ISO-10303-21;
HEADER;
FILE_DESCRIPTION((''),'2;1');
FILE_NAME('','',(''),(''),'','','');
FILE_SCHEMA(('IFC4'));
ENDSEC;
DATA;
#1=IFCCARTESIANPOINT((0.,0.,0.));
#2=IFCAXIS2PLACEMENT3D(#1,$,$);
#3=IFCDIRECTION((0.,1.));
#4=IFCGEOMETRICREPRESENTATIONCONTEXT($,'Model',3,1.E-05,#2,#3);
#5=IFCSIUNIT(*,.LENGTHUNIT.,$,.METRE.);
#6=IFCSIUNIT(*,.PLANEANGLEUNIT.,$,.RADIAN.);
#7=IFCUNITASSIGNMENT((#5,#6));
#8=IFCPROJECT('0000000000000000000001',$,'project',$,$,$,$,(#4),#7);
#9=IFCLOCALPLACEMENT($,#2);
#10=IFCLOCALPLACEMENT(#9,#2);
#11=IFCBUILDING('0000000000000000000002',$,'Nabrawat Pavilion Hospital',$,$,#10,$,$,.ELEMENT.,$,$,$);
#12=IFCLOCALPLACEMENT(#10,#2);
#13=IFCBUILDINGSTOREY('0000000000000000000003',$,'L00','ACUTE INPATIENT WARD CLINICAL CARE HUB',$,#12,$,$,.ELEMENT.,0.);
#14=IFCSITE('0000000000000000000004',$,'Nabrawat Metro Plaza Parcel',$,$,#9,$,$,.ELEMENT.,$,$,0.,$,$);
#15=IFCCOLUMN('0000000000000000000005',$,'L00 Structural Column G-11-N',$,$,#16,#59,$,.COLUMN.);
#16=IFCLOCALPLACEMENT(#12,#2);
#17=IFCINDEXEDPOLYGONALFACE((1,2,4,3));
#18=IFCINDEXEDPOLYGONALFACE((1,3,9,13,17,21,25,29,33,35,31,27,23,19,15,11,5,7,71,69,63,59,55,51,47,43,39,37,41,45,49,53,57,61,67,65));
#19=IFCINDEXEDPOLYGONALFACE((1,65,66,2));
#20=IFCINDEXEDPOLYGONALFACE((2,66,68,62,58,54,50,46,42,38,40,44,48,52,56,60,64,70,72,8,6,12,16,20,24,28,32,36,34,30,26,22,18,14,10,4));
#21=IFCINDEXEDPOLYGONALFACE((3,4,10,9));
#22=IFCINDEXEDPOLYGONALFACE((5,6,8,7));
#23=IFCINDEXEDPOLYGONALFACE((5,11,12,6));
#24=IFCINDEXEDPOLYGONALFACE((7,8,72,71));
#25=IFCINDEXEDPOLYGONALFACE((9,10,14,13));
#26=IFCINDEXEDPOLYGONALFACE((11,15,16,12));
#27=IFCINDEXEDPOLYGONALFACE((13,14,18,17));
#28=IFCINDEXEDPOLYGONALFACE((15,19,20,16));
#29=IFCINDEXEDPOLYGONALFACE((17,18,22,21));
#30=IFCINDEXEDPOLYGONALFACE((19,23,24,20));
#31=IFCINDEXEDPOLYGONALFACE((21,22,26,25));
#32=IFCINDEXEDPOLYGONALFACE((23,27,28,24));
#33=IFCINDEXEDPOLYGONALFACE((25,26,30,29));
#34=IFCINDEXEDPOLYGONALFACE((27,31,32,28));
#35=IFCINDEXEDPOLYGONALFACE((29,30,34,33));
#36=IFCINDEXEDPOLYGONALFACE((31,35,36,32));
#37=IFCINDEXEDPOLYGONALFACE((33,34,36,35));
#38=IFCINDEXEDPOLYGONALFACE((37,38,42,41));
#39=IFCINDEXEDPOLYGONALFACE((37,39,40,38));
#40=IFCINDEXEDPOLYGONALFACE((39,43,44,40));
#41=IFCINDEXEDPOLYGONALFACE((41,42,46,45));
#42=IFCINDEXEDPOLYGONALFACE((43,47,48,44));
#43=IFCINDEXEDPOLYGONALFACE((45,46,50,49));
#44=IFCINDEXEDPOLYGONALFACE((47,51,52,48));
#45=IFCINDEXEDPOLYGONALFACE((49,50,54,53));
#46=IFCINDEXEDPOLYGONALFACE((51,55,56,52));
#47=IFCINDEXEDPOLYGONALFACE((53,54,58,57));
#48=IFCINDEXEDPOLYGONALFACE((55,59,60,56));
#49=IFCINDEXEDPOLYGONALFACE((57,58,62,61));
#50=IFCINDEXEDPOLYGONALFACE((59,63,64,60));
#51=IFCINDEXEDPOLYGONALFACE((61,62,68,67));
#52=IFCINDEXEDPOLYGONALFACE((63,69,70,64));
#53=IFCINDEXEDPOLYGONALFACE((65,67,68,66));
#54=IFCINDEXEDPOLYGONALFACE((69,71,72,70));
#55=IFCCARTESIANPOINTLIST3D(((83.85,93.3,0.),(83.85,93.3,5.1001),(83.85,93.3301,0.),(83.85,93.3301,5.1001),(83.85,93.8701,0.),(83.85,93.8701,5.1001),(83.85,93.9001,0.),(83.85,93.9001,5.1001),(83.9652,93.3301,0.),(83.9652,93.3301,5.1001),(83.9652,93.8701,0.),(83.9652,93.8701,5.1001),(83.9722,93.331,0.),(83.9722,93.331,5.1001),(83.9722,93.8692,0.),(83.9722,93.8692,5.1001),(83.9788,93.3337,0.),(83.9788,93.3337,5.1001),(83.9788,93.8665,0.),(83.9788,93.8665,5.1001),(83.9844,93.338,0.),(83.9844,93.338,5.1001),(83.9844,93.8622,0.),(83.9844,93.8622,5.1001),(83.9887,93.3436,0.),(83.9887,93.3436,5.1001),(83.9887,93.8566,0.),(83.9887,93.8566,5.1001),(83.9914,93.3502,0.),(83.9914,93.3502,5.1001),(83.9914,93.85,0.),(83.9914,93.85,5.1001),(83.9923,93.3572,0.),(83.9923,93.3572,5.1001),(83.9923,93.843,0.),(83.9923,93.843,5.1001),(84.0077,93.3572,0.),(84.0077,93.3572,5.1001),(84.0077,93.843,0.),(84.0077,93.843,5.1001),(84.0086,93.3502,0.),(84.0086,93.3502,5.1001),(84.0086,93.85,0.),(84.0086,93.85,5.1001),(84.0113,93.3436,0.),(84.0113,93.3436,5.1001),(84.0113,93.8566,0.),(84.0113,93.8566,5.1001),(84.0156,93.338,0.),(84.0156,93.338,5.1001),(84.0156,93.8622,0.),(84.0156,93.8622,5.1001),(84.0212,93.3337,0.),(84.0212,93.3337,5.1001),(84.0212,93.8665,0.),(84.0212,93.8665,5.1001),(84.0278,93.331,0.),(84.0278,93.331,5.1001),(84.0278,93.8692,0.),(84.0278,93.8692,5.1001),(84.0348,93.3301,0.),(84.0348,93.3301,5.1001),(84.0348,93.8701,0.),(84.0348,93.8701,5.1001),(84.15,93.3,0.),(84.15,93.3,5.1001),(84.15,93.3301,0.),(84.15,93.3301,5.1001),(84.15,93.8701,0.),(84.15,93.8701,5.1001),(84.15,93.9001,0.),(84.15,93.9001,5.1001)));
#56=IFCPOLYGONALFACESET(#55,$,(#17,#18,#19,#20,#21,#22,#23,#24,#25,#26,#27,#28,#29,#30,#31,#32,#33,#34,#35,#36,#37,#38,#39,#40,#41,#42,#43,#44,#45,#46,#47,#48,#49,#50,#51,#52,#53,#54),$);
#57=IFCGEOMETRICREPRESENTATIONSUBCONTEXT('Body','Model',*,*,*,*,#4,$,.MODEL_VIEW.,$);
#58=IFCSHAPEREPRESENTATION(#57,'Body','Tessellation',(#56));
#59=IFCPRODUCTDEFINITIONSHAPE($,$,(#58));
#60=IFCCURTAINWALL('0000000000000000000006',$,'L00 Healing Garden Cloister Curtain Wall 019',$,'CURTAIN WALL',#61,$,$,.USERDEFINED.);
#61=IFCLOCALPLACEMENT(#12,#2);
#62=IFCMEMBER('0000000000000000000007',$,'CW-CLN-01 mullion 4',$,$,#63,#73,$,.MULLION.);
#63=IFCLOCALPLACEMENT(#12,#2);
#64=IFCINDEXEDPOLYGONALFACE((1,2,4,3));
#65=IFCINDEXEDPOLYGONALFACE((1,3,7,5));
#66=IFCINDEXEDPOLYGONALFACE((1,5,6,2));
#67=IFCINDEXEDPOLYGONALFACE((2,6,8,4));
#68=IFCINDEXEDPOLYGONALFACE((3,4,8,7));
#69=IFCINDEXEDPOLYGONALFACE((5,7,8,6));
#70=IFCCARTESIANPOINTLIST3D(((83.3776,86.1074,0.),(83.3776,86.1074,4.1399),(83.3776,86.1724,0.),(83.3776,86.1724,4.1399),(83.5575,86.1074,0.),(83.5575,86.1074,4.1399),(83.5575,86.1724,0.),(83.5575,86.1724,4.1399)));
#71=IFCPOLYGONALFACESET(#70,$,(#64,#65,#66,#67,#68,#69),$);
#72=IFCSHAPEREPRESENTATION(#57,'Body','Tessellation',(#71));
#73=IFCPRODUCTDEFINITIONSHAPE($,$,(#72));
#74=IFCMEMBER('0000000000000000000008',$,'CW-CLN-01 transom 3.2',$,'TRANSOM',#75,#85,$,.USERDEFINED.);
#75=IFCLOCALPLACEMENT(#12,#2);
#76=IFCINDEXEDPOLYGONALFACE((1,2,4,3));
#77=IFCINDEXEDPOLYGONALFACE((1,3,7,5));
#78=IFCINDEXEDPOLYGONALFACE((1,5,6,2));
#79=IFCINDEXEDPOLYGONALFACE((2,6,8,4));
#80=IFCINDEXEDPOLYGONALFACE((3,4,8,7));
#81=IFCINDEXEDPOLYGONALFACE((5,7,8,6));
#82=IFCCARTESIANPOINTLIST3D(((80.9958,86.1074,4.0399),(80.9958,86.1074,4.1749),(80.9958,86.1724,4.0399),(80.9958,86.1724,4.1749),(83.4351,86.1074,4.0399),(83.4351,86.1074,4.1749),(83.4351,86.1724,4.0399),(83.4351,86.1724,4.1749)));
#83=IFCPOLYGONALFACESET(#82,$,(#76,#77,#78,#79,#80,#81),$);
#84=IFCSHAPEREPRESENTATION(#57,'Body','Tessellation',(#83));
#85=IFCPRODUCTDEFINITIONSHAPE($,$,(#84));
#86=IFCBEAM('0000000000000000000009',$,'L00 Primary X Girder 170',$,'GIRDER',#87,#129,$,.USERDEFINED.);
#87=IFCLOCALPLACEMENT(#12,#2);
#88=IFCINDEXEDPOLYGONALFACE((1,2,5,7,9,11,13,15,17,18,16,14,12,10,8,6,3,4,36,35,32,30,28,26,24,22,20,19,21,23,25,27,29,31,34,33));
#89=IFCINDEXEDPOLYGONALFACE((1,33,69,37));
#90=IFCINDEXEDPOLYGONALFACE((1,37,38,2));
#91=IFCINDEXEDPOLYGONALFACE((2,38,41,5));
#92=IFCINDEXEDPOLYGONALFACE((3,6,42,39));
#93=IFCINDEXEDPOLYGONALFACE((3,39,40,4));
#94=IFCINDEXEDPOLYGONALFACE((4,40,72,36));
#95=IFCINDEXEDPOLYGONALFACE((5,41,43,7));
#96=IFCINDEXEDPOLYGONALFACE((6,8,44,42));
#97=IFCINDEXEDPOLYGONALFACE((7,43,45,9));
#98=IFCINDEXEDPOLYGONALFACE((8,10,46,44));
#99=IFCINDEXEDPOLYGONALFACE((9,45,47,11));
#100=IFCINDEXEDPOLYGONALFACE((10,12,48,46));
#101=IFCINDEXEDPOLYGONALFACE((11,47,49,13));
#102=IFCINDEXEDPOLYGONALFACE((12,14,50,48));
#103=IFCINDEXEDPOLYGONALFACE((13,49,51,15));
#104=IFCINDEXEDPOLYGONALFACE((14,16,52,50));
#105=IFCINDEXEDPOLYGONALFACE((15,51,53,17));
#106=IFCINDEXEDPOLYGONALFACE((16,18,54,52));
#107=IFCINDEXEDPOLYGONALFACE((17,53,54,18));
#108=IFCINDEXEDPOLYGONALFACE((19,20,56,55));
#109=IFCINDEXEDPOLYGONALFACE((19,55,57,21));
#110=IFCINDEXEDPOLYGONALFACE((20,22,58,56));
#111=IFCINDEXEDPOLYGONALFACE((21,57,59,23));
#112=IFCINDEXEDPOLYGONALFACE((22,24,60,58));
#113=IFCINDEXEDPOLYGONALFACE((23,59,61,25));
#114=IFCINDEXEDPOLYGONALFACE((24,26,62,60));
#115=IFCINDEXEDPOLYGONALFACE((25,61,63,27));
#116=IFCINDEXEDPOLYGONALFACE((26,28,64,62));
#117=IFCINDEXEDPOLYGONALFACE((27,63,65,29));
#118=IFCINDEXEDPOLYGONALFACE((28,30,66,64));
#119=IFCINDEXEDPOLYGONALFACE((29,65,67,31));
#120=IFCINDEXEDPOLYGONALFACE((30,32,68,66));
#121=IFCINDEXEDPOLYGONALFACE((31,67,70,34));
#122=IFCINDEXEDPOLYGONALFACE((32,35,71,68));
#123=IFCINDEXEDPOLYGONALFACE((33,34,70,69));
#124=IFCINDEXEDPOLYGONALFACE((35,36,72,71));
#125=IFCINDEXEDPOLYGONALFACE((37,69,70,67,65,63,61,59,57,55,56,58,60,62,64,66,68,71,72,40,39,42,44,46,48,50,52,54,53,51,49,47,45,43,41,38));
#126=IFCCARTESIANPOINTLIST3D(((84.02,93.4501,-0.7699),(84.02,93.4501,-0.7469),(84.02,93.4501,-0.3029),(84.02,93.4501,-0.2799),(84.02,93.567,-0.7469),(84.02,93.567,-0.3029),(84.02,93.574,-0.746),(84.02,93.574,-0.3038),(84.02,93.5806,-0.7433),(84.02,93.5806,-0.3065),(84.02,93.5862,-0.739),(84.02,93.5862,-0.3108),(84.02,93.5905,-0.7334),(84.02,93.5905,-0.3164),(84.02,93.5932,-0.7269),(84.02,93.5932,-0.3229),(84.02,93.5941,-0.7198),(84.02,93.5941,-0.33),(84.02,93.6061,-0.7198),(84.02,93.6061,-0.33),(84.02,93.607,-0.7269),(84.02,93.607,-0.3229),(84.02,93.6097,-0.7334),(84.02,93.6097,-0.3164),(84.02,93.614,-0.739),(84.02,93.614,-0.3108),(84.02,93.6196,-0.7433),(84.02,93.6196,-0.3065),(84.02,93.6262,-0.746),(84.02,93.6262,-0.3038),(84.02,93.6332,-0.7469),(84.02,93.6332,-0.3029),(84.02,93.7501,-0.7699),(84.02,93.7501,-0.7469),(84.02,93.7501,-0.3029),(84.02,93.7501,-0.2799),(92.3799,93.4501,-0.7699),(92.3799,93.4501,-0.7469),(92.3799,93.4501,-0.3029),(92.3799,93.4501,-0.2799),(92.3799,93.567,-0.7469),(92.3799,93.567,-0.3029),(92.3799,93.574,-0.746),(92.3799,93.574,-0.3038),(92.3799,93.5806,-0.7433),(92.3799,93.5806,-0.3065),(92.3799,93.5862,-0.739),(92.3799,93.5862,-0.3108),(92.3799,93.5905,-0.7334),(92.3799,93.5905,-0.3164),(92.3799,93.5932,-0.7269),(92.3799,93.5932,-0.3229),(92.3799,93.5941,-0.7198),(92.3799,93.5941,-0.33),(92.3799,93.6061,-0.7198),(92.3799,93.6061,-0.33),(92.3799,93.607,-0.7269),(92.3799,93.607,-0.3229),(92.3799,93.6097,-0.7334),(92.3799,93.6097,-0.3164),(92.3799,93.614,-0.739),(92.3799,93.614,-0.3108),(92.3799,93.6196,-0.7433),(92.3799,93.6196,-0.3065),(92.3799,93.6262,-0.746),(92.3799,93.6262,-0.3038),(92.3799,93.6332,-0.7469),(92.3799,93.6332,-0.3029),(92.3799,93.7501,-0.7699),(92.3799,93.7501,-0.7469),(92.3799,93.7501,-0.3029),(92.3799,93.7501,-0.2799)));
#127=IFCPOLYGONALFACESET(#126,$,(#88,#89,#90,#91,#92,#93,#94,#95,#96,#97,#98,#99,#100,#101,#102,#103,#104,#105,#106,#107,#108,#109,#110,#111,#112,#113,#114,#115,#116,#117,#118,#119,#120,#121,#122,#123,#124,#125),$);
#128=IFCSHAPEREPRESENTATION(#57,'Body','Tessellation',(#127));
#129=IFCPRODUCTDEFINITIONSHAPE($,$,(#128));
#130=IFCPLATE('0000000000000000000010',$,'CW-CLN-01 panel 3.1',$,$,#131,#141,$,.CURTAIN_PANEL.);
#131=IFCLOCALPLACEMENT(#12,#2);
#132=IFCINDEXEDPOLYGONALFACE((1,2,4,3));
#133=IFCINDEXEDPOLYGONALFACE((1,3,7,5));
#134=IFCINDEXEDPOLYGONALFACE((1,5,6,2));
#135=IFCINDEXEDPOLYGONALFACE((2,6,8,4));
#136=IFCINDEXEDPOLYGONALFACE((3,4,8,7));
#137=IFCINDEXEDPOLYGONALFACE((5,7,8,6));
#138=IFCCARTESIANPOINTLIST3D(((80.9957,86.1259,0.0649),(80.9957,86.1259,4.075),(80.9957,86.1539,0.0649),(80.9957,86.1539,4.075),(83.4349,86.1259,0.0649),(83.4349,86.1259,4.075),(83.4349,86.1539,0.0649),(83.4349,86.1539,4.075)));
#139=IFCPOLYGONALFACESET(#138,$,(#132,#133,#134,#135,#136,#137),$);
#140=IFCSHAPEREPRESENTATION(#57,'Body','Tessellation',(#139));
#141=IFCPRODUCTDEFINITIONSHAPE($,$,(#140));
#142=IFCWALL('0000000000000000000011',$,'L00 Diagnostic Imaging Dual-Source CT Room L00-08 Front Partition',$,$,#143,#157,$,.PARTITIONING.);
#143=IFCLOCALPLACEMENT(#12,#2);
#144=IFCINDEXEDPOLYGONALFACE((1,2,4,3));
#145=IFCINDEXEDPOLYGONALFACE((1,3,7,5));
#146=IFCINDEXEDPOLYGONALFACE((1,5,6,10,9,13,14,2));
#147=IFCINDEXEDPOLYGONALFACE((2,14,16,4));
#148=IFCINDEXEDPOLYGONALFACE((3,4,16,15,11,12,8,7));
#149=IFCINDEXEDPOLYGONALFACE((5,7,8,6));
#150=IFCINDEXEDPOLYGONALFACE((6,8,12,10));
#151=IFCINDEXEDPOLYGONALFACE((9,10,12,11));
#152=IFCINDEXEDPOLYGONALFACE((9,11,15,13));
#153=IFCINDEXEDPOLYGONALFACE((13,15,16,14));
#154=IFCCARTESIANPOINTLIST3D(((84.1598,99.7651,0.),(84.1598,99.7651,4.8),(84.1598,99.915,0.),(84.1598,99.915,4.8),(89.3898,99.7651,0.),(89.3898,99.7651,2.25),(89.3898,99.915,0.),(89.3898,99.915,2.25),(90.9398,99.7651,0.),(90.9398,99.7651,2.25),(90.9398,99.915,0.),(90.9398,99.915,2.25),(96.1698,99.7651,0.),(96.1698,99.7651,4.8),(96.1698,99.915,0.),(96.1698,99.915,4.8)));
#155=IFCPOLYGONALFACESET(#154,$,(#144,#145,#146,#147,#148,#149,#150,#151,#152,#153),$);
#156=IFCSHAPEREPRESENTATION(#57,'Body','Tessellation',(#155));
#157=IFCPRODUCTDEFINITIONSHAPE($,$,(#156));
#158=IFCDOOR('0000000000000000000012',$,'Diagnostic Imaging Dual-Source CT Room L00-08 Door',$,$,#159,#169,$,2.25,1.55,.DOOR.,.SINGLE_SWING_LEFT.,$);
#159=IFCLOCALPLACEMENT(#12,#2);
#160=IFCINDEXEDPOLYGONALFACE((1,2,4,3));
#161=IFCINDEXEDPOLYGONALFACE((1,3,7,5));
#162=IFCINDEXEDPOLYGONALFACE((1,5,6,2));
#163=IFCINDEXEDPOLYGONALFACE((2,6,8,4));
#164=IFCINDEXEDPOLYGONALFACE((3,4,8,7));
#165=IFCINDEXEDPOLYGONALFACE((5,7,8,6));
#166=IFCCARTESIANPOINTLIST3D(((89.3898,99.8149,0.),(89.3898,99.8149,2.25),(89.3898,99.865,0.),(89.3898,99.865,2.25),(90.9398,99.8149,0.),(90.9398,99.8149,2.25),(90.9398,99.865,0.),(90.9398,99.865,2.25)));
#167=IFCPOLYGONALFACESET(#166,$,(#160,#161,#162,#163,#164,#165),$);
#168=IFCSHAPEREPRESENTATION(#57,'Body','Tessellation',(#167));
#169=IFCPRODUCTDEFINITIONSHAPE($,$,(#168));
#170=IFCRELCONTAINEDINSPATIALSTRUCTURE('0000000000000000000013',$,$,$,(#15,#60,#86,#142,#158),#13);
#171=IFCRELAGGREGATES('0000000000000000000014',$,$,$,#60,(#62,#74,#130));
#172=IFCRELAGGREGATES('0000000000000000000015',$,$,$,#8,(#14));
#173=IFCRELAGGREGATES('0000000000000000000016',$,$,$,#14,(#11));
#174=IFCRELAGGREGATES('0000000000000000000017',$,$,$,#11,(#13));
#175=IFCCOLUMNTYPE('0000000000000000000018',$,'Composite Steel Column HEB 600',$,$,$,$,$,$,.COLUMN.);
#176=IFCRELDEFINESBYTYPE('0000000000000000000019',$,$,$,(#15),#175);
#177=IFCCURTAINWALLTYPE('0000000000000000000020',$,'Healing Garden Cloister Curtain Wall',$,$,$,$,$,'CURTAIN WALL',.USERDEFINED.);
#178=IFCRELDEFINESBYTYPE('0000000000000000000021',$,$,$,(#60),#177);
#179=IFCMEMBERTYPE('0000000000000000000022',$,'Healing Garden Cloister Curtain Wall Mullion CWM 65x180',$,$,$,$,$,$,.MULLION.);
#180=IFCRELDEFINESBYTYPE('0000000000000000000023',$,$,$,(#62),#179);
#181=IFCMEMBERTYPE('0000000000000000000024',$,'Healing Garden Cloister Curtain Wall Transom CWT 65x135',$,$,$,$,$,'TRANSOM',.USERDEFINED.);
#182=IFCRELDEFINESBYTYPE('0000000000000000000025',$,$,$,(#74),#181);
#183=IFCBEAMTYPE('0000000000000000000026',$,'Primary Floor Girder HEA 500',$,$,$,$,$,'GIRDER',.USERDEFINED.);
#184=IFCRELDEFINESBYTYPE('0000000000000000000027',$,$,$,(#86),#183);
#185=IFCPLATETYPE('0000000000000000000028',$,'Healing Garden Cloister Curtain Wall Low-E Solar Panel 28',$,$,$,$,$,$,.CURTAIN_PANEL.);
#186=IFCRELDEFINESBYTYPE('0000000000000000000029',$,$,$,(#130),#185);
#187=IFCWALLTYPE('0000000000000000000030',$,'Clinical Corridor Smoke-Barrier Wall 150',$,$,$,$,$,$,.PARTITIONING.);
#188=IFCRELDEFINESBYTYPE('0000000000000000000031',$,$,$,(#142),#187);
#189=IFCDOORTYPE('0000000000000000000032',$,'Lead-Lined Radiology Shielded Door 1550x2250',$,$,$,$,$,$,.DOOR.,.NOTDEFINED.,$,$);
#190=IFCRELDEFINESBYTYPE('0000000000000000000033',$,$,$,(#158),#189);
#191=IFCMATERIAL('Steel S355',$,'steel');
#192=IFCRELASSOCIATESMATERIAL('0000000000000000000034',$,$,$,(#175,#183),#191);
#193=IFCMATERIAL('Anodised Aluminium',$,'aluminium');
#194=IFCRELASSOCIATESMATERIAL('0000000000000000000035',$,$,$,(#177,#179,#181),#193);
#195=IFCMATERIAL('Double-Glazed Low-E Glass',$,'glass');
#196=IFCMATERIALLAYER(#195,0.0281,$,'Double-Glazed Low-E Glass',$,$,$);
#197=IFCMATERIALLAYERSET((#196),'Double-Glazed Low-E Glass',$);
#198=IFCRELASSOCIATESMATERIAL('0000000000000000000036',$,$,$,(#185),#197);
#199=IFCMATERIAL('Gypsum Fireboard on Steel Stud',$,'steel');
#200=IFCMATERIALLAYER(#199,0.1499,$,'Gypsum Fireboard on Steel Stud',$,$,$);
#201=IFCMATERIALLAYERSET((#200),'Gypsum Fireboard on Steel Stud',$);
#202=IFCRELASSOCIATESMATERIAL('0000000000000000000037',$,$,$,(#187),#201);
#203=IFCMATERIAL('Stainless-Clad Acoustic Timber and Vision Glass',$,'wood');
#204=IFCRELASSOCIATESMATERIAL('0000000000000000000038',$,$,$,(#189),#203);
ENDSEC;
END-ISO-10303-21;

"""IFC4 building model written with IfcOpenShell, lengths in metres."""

from ifc_helpers import new_model, si_unit, direction, frame, frame_2d, origin, origin_2d, place, context, subcontext, project, spatial, rectangle, i_section, extrude, material, layer, layer_set, material_profile, profile_set, type_object, element, fill, aggregate, save


model = new_model("IFC4")

# Units and contexts
model_context = context("Model", 3, precision=1e-05, world=origin(), true_north=direction((0.0, 1.0)))
body_context = subcontext(model_context, "Body", "Model", "MODEL_VIEW")
ifc_project = project(units=[si_unit("LENGTHUNIT", "METRE"), si_unit("PLANEANGLEUNIT", "RADIAN")], contexts=[model_context])

# Site, building, storey
site_placement = place(None, origin())
site = spatial("IfcSite", under=ifc_project, at=site_placement, Name="Nabrawat Metro Plaza Parcel", CompositionType="ELEMENT", RefElevation=0.0)
building_placement = place(site_placement, origin())
building = spatial("IfcBuilding", under=site, at=building_placement, Name="Nabrawat Pavilion Hospital", CompositionType="ELEMENT")
storey_placement = place(building_placement, origin())
storey = spatial("IfcBuildingStorey", under=building, at=storey_placement, Name="L00", Description="ACUTE INPATIENT WARD CLINICAL CARE HUB", CompositionType="ELEMENT", Elevation=0.0)

# Column
ifc_material_1 = material(Name="Steel S355", Category="steel")
ifc_material_profile_1 = material_profile(ifc_material_1, i_section(OverallWidth=0.3, OverallDepth=0.6001, WebThickness=0.0154, FlangeThickness=0.03, FilletRadius=0.0271, at=origin_2d()), Name="HEB 600")
ifc_profile_set_1 = profile_set([ifc_material_profile_1], Name="Steel S355")
column_type = type_object("IfcColumnType", Name="Composite Steel Column HEB 600", PredefinedType="COLUMN", material=ifc_profile_set_1)
column_placement = place(storey_placement, frame((84.0, 93.6001, 0.0), z_axis=(0.0, 0.0, 1.0), x_axis=(1.0, 0.0, 0.0)))
element("IfcColumn", 1, at=column_placement, inside=storey, type_object=column_type, Name="L00 Structural Column G-11-N", PredefinedType="COLUMN", context=body_context, shape_type="SweptSolid", body=[
    extrude(i_section(OverallWidth=0.3, OverallDepth=0.6001, WebThickness=0.0154, FlangeThickness=0.03, FilletRadius=0.0271, at=origin_2d()), origin(), (0.0, 0.0, 1.0), 5.1001),
])

# Curtain wall, members
ifc_material_2 = material(Name="Anodised Aluminium", Category="aluminium")
curtain_wall_type = type_object("IfcCurtainWallType", Name="Healing Garden Cloister Curtain Wall", ElementType="CURTAIN WALL", PredefinedType="USERDEFINED", material=ifc_material_2)
curtain_wall_placement = place(storey_placement, origin())
curtain_wall = element("IfcCurtainWall", 2, at=curtain_wall_placement, inside=storey, type_object=curtain_wall_type, Name="L00 Healing Garden Cloister Curtain Wall 019", ObjectType="CURTAIN WALL", PredefinedType="USERDEFINED")
ifc_material_profile_2 = material_profile(ifc_material_2, rectangle(XDim=0.0649, YDim=0.1799, at=origin_2d()), Name="CWM 65x180")
ifc_profile_set_2 = profile_set([ifc_material_profile_2], Name="Anodised Aluminium")
member_type_1 = type_object("IfcMemberType", Name="Healing Garden Cloister Curtain Wall Mullion CWM 65x180", PredefinedType="MULLION", material=ifc_profile_set_2)
member_1_placement = place(storey_placement, frame((83.4675, 86.1399, 0.0), z_axis=(0.0, 0.0, 1.0), x_axis=(0.0, 1.0, 0.0)))
member_1 = element("IfcMember", 3, at=member_1_placement, type_object=member_type_1, Name="CW-CLN-01 mullion 4", PredefinedType="MULLION", context=body_context, shape_type="SweptSolid", body=[
    extrude(rectangle(XDim=0.0649, YDim=0.1799, at=origin_2d()), origin(), (0.0, 0.0, 1.0), 4.1399),
])
ifc_material_profile_3 = material_profile(ifc_material_2, rectangle(XDim=0.0649, YDim=0.135, at=origin_2d()), Name="CWT 65x135")
ifc_profile_set_3 = profile_set([ifc_material_profile_3], Name="Anodised Aluminium")
member_type_2 = type_object("IfcMemberType", Name="Healing Garden Cloister Curtain Wall Transom CWT 65x135", ElementType="TRANSOM", PredefinedType="USERDEFINED", material=ifc_profile_set_3)
member_2_placement = place(storey_placement, frame((80.9958, 86.1399, 4.1074), z_axis=(1.0, 0.0, 0.0), x_axis=(0.0, 1.0, 0.0)))
member_2 = element("IfcMember", 4, at=member_2_placement, type_object=member_type_2, Name="CW-CLN-01 transom 3.2", ObjectType="TRANSOM", PredefinedType="USERDEFINED", context=body_context, shape_type="SweptSolid", body=[
    extrude(rectangle(XDim=0.0649, YDim=0.135, at=origin_2d()), origin(), (0.0, 0.0, 1.0), 2.4392),
])

# Beam
ifc_material_profile_4 = material_profile(ifc_material_1, i_section(OverallWidth=0.3, OverallDepth=0.49, WebThickness=0.012, FlangeThickness=0.0229, FilletRadius=0.0271, at=origin_2d()), Name="HEA 500")
ifc_profile_set_4 = profile_set([ifc_material_profile_4], Name="Steel S355")
beam_type = type_object("IfcBeamType", Name="Primary Floor Girder HEA 500", ElementType="GIRDER", PredefinedType="USERDEFINED", material=ifc_profile_set_4)
beam_placement = place(storey_placement, frame((84.02, 93.6001, -0.5249), z_axis=(1.0, 0.0, 0.0), x_axis=(0.0, 1.0, 0.0)))
element("IfcBeam", 5, at=beam_placement, inside=storey, type_object=beam_type, Name="L00 Primary X Girder 170", ObjectType="GIRDER", PredefinedType="USERDEFINED", context=body_context, shape_type="SweptSolid", body=[
    extrude(i_section(OverallWidth=0.3, OverallDepth=0.49, WebThickness=0.012, FlangeThickness=0.0229, FilletRadius=0.0271, at=origin_2d()), origin(), (0.0, 0.0, 1.0), 8.3599),
])

# Plate
ifc_material_3 = material(Name="Double-Glazed Low-E Glass", Category="glass")
ifc_layer_1 = layer(ifc_material_3, 0.0281, Name="Double-Glazed Low-E Glass")
ifc_layer_set_1 = layer_set([ifc_layer_1], Name="Double-Glazed Low-E Glass")
plate_type = type_object("IfcPlateType", Name="Healing Garden Cloister Curtain Wall Low-E Solar Panel 28", PredefinedType="CURTAIN_PANEL", material=ifc_layer_set_1)
plate_placement = place(storey_placement, frame((82.2153, 86.1399, 0.0649), z_axis=(0.0, 0.0, 1.0), x_axis=(1.0, 0.0, 0.0)))
plate = element("IfcPlate", 6, at=plate_placement, type_object=plate_type, Name="CW-CLN-01 panel 3.1", PredefinedType="CURTAIN_PANEL", context=body_context, shape_type="SweptSolid", body=[
    extrude(rectangle(XDim=2.4392, YDim=0.0281, at=origin_2d()), origin(), (0.0, 0.0, 1.0), 4.01),
])
aggregate(curtain_wall, [member_1, member_2, plate])

# Wall, opening, door
ifc_material_4 = material(Name="Gypsum Fireboard on Steel Stud", Category="steel")
ifc_layer_2 = layer(ifc_material_4, 0.1499, Name="Gypsum Fireboard on Steel Stud")
ifc_layer_set_2 = layer_set([ifc_layer_2], Name="Gypsum Fireboard on Steel Stud")
wall_type_1 = type_object("IfcWallType", Name="Clinical Corridor Smoke-Barrier Wall 150", PredefinedType="PARTITIONING", material=ifc_layer_set_2)
wall_1_placement = place(storey_placement, frame((84.1599, 99.8401, 0.0), z_axis=(0.0, 0.0, 1.0), x_axis=(1.0, 0.0, 0.0)))
wall_1 = element("IfcWall", 7, at=wall_1_placement, inside=storey, type_object=wall_type_1, Name="L00 Diagnostic Imaging Dual-Source CT Room L00-08 Front Partition", PredefinedType="PARTITIONING", context=body_context, shape_type="SweptSolid", body=[
    extrude(rectangle(XDim=12.01, YDim=0.1499, at=frame_2d((6.0049, 0.0))), origin(), (0.0, 0.0, 1.0), 4.8),
])
opening_1_placement = place(wall_1_placement, frame((5.23, 0.0, 0.0)))
opening_1 = element("IfcOpeningElement", 8, at=opening_1_placement, cuts=wall_1, PredefinedType="OPENING", context=body_context, shape_type="SweptSolid", body=[
    extrude(rectangle(XDim=1.55, YDim=2.25, at=frame_2d((0.7749, 1.125))), frame((0.0, 0.085, 0.0), z_axis=(0.0, -1.0, 0.0), x_axis=(1.0, 0.0, 0.0)), (0.0, 0.0, 1.0), 0.1699),
])
ifc_material_5 = material(Name="Stainless-Clad Acoustic Timber and Vision Glass", Category="wood")
door_type_1 = type_object("IfcDoorType", Name="Lead-Lined Radiology Shielded Door 1550x2250", OperationType="NOTDEFINED", PredefinedType="DOOR", material=ifc_material_5)
door_1_placement = place(opening_1_placement, origin())
door_1 = element("IfcDoor", 9, at=door_1_placement, inside=storey, type_object=door_type_1, Name="Diagnostic Imaging Dual-Source CT Room L00-08 Door", OperationType="SINGLE_SWING_LEFT", OverallHeight=2.25, OverallWidth=1.55, PredefinedType="DOOR", context=body_context, shape_type="SweptSolid", body=[
    extrude(rectangle(XDim=1.55, YDim=2.25, at=frame_2d((0.7749, 1.125))), frame((0.0, 0.0249, 0.0), z_axis=(0.0, -1.0, 0.0), x_axis=(1.0, 0.0, 0.0)), (0.0, 0.0, 1.0), 0.05),
])
fill(opening_1, door_1)

save(model, "model.ifc")
